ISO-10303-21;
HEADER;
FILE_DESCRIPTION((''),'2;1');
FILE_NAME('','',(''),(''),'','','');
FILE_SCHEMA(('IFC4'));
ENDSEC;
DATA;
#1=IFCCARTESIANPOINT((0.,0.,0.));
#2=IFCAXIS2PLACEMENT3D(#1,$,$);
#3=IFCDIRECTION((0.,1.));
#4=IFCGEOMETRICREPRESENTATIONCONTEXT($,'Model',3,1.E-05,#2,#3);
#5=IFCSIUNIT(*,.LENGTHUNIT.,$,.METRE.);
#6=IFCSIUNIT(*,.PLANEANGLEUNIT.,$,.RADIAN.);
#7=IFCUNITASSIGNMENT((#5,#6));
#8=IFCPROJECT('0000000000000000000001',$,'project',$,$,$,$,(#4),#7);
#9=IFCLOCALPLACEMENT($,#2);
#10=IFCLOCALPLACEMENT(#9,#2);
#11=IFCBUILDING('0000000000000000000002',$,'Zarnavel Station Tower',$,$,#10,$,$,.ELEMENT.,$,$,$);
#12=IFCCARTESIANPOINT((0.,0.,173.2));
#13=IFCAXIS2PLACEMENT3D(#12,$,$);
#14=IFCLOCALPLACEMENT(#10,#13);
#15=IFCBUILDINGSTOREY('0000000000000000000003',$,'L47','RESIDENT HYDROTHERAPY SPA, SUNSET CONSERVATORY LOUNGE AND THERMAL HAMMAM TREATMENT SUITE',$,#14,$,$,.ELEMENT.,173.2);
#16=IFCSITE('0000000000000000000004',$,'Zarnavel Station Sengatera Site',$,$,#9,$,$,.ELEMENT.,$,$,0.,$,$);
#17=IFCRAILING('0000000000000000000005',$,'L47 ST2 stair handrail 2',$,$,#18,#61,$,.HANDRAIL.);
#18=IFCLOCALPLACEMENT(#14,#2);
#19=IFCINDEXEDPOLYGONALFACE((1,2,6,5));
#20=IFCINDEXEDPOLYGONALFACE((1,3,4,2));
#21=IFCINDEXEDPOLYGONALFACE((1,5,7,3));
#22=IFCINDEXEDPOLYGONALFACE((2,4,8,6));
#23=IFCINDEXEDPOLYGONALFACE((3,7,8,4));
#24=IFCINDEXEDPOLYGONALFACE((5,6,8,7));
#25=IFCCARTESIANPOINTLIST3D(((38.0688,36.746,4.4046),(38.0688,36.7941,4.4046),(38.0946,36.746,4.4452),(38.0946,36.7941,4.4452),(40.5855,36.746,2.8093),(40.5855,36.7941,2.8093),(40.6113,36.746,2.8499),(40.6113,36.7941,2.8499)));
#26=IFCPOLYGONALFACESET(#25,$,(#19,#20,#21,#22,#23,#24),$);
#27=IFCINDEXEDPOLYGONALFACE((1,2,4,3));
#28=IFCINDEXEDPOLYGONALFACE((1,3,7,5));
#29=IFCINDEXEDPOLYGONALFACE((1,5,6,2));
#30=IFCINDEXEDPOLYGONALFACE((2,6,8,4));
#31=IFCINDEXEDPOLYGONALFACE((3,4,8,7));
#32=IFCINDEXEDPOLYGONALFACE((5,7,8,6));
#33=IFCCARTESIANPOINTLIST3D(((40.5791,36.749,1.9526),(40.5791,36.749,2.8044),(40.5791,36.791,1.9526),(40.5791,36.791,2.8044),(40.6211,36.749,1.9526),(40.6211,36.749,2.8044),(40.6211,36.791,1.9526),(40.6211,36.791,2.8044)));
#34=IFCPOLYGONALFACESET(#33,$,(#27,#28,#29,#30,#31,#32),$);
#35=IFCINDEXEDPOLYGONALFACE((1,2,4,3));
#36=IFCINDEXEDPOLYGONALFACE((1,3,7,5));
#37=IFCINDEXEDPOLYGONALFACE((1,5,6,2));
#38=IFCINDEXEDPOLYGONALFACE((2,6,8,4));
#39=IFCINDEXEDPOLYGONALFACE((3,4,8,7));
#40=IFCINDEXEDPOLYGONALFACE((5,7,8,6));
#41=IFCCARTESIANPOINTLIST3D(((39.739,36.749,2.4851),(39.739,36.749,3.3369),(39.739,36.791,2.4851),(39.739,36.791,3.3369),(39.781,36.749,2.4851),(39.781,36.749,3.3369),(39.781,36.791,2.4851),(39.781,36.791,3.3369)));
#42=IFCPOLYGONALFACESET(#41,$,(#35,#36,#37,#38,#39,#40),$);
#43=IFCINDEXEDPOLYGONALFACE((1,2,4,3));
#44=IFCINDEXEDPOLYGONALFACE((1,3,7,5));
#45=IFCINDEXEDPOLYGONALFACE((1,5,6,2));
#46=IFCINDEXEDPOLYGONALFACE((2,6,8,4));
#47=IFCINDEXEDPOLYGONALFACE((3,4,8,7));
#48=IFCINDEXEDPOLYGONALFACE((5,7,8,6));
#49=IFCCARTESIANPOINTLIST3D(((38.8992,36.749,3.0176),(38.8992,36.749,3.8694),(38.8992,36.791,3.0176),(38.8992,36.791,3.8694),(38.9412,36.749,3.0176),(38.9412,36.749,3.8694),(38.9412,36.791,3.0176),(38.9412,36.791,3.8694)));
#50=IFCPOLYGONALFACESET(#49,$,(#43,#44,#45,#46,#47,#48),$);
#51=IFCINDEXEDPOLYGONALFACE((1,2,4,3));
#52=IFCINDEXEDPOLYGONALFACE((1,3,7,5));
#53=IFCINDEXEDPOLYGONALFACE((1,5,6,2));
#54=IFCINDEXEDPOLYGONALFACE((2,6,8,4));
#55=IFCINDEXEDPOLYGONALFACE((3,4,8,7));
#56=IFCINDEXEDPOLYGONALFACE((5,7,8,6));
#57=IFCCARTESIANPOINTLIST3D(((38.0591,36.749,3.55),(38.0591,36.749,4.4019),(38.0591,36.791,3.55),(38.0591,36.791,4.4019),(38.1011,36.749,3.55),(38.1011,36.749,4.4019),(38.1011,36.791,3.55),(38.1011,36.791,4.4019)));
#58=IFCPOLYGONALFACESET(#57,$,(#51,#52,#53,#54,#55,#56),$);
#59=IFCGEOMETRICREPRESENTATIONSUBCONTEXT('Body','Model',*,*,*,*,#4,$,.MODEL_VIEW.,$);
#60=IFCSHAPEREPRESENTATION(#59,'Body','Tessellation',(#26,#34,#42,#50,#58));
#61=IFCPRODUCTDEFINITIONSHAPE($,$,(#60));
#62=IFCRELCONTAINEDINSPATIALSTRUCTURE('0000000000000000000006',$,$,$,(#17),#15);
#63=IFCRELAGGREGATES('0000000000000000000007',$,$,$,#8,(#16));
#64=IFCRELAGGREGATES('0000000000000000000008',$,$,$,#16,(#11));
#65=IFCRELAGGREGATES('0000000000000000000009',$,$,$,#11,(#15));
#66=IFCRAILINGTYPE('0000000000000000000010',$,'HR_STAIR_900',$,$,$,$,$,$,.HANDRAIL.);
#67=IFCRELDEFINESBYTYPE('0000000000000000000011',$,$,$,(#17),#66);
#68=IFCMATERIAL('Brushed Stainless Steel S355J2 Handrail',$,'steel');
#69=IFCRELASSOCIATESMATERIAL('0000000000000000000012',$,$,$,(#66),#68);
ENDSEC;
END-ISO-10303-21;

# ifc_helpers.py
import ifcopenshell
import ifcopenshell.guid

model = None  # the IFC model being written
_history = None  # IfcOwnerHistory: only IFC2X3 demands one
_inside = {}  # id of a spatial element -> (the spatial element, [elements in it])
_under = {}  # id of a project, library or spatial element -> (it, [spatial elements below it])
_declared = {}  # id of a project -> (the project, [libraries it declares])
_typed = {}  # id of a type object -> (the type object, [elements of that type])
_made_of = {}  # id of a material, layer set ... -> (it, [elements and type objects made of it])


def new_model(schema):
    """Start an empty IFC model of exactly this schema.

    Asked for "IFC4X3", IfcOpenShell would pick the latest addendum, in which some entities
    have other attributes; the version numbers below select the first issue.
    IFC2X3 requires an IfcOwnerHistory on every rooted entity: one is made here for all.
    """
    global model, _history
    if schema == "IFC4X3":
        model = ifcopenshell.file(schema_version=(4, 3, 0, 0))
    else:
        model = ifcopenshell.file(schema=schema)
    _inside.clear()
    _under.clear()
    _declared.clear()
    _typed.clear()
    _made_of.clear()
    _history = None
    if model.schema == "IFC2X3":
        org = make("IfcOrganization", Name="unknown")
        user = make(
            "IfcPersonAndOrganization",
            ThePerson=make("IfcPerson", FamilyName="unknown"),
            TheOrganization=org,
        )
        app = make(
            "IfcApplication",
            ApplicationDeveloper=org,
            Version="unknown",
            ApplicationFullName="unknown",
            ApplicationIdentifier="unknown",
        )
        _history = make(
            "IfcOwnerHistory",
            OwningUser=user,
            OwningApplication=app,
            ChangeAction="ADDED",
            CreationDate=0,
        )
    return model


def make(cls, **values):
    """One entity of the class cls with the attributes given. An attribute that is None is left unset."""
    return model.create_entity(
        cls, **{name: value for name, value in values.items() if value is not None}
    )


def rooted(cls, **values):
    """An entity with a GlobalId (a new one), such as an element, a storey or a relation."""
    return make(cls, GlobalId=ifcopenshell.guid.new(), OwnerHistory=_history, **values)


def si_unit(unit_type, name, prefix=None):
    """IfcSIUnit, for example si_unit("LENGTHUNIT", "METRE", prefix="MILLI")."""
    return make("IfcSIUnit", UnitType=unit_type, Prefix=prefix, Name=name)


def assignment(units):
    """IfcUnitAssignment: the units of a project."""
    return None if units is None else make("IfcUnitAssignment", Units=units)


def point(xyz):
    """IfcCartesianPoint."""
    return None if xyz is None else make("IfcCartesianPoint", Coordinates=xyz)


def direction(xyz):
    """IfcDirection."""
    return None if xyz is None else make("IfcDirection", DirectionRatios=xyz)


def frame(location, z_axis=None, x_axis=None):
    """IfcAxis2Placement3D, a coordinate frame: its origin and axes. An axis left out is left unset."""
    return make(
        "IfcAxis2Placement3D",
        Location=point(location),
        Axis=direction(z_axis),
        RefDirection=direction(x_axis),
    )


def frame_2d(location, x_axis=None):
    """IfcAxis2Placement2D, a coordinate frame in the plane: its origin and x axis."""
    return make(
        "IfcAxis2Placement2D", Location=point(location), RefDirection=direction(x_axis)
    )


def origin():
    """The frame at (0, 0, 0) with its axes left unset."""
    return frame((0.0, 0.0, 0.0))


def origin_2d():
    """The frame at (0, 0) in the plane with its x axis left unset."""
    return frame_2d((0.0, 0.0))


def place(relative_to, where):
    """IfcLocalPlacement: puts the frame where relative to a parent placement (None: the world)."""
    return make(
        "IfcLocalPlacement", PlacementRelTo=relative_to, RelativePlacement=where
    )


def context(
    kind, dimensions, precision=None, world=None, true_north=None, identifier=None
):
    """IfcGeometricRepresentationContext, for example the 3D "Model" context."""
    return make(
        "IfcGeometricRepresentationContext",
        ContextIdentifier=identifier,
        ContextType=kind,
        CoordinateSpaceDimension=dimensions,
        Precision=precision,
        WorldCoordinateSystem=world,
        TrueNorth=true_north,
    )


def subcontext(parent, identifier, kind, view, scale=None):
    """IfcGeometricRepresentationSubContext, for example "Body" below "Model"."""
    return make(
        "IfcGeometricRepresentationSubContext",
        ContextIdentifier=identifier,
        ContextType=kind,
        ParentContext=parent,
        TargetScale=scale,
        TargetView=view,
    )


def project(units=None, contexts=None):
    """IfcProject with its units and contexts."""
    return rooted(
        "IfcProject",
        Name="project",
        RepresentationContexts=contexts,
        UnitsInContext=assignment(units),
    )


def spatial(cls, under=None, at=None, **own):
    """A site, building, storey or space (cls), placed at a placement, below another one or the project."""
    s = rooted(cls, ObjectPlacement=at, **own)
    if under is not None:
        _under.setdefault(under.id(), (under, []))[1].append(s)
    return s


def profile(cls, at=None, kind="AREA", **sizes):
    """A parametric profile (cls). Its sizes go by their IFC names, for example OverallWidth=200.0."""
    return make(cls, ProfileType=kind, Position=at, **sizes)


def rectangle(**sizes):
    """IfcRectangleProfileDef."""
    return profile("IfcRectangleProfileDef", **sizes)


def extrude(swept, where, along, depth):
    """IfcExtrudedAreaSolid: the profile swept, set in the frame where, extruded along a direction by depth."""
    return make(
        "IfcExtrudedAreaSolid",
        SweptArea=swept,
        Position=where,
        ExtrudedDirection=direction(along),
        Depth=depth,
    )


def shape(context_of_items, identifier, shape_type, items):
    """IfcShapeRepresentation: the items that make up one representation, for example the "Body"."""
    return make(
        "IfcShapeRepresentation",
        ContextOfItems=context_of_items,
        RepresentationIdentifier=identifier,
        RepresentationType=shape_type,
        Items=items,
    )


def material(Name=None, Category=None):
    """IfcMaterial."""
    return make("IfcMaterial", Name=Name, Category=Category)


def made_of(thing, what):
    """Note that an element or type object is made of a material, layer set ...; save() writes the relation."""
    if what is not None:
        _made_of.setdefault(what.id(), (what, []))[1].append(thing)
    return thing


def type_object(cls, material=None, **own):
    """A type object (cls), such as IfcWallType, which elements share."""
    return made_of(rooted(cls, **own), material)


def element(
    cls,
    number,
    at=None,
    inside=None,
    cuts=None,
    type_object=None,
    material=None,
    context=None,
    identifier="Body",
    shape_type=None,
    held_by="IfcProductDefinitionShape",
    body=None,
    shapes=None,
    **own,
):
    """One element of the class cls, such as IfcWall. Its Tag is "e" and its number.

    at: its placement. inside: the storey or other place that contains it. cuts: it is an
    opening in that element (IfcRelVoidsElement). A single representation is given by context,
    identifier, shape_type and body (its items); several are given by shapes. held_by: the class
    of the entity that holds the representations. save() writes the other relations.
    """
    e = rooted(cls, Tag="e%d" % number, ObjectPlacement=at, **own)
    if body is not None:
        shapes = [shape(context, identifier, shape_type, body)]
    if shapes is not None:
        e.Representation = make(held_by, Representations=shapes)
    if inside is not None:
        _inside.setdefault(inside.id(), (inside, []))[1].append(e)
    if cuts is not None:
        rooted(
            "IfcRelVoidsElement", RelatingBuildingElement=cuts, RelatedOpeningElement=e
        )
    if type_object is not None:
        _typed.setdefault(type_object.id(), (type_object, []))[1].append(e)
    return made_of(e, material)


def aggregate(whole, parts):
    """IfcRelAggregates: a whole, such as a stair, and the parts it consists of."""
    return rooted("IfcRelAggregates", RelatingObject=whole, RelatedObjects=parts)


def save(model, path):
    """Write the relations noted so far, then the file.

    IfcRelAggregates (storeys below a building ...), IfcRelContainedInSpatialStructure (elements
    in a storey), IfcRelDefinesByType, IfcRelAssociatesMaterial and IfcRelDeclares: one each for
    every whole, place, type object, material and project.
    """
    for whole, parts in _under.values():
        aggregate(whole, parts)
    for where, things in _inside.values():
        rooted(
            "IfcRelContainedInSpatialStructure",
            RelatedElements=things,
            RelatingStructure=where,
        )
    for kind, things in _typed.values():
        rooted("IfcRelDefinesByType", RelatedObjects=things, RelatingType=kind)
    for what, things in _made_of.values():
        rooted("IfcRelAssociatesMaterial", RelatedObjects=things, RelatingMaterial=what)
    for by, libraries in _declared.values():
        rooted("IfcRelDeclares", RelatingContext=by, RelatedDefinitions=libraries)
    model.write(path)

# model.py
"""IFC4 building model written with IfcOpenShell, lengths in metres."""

from ifc_helpers import new_model, si_unit, direction, frame, origin, origin_2d, place, context, subcontext, project, spatial, rectangle, extrude, material, type_object, element, save


model = new_model("IFC4")

# Units and contexts
model_context = context("Model", 3, precision=1e-05, world=origin(), true_north=direction((0.0, 1.0)))
body_context = subcontext(model_context, "Body", "Model", "MODEL_VIEW")
ifc_project = project(units=[si_unit("LENGTHUNIT", "METRE"), si_unit("PLANEANGLEUNIT", "RADIAN")], contexts=[model_context])

# Site, building, storey
site_placement = place(None, origin())
site = spatial("IfcSite", under=ifc_project, at=site_placement, Name="Zarnavel Station Sengatera Site", CompositionType="ELEMENT", RefElevation=0.0)
building_placement = place(site_placement, origin())
building = spatial("IfcBuilding", under=site, at=building_placement, Name="Zarnavel Station Tower", CompositionType="ELEMENT")
storey_placement = place(building_placement, frame((0.0, 0.0, 173.2)))
storey = spatial("IfcBuildingStorey", under=building, at=storey_placement, Name="L47", Description="RESIDENT HYDROTHERAPY SPA, SUNSET CONSERVATORY LOUNGE AND THERMAL HAMMAM TREATMENT SUITE", CompositionType="ELEMENT", Elevation=173.2)

# Railing
ifc_material_1 = material(Name="Brushed Stainless Steel S355J2 Handrail", Category="steel")
railing_type_1 = type_object("IfcRailingType", Name="HR_STAIR_900", PredefinedType="HANDRAIL", material=ifc_material_1)
railing_1_placement = place(storey_placement, frame((40.6001, 36.77, 1.9526)))
element("IfcRailing", 1, at=railing_1_placement, inside=storey, type_object=railing_type_1, Name="L47 ST2 stair handrail 2", PredefinedType="HANDRAIL", context=body_context, shape_type="SweptSolid", body=[
    extrude(rectangle(XDim=0.0481, YDim=0.0481, at=origin_2d()), frame((-0.0017, 0.0, 0.877), z_axis=(-0.844607, 0.0, 0.535387), x_axis=(0.0, -1.0, 0.0)), (0.0, 0.0, 1.0), 2.9797),
    extrude(rectangle(XDim=0.042, YDim=0.042, at=origin_2d()), origin(), (0.0, 0.0, 1.0), 0.8518),
    extrude(rectangle(XDim=0.042, YDim=0.042, at=origin_2d()), frame((-0.8401, 0.0, 0.5325)), (0.0, 0.0, 1.0), 0.8518),
    extrude(rectangle(XDim=0.042, YDim=0.042, at=origin_2d()), frame((-1.6799, 0.0, 1.0649)), (0.0, 0.0, 1.0), 0.8518),
    extrude(rectangle(XDim=0.042, YDim=0.042, at=origin_2d()), frame((-2.52, 0.0, 1.5974)), (0.0, 0.0, 1.0), 0.8518),
])

save(model, "model.ifc")
